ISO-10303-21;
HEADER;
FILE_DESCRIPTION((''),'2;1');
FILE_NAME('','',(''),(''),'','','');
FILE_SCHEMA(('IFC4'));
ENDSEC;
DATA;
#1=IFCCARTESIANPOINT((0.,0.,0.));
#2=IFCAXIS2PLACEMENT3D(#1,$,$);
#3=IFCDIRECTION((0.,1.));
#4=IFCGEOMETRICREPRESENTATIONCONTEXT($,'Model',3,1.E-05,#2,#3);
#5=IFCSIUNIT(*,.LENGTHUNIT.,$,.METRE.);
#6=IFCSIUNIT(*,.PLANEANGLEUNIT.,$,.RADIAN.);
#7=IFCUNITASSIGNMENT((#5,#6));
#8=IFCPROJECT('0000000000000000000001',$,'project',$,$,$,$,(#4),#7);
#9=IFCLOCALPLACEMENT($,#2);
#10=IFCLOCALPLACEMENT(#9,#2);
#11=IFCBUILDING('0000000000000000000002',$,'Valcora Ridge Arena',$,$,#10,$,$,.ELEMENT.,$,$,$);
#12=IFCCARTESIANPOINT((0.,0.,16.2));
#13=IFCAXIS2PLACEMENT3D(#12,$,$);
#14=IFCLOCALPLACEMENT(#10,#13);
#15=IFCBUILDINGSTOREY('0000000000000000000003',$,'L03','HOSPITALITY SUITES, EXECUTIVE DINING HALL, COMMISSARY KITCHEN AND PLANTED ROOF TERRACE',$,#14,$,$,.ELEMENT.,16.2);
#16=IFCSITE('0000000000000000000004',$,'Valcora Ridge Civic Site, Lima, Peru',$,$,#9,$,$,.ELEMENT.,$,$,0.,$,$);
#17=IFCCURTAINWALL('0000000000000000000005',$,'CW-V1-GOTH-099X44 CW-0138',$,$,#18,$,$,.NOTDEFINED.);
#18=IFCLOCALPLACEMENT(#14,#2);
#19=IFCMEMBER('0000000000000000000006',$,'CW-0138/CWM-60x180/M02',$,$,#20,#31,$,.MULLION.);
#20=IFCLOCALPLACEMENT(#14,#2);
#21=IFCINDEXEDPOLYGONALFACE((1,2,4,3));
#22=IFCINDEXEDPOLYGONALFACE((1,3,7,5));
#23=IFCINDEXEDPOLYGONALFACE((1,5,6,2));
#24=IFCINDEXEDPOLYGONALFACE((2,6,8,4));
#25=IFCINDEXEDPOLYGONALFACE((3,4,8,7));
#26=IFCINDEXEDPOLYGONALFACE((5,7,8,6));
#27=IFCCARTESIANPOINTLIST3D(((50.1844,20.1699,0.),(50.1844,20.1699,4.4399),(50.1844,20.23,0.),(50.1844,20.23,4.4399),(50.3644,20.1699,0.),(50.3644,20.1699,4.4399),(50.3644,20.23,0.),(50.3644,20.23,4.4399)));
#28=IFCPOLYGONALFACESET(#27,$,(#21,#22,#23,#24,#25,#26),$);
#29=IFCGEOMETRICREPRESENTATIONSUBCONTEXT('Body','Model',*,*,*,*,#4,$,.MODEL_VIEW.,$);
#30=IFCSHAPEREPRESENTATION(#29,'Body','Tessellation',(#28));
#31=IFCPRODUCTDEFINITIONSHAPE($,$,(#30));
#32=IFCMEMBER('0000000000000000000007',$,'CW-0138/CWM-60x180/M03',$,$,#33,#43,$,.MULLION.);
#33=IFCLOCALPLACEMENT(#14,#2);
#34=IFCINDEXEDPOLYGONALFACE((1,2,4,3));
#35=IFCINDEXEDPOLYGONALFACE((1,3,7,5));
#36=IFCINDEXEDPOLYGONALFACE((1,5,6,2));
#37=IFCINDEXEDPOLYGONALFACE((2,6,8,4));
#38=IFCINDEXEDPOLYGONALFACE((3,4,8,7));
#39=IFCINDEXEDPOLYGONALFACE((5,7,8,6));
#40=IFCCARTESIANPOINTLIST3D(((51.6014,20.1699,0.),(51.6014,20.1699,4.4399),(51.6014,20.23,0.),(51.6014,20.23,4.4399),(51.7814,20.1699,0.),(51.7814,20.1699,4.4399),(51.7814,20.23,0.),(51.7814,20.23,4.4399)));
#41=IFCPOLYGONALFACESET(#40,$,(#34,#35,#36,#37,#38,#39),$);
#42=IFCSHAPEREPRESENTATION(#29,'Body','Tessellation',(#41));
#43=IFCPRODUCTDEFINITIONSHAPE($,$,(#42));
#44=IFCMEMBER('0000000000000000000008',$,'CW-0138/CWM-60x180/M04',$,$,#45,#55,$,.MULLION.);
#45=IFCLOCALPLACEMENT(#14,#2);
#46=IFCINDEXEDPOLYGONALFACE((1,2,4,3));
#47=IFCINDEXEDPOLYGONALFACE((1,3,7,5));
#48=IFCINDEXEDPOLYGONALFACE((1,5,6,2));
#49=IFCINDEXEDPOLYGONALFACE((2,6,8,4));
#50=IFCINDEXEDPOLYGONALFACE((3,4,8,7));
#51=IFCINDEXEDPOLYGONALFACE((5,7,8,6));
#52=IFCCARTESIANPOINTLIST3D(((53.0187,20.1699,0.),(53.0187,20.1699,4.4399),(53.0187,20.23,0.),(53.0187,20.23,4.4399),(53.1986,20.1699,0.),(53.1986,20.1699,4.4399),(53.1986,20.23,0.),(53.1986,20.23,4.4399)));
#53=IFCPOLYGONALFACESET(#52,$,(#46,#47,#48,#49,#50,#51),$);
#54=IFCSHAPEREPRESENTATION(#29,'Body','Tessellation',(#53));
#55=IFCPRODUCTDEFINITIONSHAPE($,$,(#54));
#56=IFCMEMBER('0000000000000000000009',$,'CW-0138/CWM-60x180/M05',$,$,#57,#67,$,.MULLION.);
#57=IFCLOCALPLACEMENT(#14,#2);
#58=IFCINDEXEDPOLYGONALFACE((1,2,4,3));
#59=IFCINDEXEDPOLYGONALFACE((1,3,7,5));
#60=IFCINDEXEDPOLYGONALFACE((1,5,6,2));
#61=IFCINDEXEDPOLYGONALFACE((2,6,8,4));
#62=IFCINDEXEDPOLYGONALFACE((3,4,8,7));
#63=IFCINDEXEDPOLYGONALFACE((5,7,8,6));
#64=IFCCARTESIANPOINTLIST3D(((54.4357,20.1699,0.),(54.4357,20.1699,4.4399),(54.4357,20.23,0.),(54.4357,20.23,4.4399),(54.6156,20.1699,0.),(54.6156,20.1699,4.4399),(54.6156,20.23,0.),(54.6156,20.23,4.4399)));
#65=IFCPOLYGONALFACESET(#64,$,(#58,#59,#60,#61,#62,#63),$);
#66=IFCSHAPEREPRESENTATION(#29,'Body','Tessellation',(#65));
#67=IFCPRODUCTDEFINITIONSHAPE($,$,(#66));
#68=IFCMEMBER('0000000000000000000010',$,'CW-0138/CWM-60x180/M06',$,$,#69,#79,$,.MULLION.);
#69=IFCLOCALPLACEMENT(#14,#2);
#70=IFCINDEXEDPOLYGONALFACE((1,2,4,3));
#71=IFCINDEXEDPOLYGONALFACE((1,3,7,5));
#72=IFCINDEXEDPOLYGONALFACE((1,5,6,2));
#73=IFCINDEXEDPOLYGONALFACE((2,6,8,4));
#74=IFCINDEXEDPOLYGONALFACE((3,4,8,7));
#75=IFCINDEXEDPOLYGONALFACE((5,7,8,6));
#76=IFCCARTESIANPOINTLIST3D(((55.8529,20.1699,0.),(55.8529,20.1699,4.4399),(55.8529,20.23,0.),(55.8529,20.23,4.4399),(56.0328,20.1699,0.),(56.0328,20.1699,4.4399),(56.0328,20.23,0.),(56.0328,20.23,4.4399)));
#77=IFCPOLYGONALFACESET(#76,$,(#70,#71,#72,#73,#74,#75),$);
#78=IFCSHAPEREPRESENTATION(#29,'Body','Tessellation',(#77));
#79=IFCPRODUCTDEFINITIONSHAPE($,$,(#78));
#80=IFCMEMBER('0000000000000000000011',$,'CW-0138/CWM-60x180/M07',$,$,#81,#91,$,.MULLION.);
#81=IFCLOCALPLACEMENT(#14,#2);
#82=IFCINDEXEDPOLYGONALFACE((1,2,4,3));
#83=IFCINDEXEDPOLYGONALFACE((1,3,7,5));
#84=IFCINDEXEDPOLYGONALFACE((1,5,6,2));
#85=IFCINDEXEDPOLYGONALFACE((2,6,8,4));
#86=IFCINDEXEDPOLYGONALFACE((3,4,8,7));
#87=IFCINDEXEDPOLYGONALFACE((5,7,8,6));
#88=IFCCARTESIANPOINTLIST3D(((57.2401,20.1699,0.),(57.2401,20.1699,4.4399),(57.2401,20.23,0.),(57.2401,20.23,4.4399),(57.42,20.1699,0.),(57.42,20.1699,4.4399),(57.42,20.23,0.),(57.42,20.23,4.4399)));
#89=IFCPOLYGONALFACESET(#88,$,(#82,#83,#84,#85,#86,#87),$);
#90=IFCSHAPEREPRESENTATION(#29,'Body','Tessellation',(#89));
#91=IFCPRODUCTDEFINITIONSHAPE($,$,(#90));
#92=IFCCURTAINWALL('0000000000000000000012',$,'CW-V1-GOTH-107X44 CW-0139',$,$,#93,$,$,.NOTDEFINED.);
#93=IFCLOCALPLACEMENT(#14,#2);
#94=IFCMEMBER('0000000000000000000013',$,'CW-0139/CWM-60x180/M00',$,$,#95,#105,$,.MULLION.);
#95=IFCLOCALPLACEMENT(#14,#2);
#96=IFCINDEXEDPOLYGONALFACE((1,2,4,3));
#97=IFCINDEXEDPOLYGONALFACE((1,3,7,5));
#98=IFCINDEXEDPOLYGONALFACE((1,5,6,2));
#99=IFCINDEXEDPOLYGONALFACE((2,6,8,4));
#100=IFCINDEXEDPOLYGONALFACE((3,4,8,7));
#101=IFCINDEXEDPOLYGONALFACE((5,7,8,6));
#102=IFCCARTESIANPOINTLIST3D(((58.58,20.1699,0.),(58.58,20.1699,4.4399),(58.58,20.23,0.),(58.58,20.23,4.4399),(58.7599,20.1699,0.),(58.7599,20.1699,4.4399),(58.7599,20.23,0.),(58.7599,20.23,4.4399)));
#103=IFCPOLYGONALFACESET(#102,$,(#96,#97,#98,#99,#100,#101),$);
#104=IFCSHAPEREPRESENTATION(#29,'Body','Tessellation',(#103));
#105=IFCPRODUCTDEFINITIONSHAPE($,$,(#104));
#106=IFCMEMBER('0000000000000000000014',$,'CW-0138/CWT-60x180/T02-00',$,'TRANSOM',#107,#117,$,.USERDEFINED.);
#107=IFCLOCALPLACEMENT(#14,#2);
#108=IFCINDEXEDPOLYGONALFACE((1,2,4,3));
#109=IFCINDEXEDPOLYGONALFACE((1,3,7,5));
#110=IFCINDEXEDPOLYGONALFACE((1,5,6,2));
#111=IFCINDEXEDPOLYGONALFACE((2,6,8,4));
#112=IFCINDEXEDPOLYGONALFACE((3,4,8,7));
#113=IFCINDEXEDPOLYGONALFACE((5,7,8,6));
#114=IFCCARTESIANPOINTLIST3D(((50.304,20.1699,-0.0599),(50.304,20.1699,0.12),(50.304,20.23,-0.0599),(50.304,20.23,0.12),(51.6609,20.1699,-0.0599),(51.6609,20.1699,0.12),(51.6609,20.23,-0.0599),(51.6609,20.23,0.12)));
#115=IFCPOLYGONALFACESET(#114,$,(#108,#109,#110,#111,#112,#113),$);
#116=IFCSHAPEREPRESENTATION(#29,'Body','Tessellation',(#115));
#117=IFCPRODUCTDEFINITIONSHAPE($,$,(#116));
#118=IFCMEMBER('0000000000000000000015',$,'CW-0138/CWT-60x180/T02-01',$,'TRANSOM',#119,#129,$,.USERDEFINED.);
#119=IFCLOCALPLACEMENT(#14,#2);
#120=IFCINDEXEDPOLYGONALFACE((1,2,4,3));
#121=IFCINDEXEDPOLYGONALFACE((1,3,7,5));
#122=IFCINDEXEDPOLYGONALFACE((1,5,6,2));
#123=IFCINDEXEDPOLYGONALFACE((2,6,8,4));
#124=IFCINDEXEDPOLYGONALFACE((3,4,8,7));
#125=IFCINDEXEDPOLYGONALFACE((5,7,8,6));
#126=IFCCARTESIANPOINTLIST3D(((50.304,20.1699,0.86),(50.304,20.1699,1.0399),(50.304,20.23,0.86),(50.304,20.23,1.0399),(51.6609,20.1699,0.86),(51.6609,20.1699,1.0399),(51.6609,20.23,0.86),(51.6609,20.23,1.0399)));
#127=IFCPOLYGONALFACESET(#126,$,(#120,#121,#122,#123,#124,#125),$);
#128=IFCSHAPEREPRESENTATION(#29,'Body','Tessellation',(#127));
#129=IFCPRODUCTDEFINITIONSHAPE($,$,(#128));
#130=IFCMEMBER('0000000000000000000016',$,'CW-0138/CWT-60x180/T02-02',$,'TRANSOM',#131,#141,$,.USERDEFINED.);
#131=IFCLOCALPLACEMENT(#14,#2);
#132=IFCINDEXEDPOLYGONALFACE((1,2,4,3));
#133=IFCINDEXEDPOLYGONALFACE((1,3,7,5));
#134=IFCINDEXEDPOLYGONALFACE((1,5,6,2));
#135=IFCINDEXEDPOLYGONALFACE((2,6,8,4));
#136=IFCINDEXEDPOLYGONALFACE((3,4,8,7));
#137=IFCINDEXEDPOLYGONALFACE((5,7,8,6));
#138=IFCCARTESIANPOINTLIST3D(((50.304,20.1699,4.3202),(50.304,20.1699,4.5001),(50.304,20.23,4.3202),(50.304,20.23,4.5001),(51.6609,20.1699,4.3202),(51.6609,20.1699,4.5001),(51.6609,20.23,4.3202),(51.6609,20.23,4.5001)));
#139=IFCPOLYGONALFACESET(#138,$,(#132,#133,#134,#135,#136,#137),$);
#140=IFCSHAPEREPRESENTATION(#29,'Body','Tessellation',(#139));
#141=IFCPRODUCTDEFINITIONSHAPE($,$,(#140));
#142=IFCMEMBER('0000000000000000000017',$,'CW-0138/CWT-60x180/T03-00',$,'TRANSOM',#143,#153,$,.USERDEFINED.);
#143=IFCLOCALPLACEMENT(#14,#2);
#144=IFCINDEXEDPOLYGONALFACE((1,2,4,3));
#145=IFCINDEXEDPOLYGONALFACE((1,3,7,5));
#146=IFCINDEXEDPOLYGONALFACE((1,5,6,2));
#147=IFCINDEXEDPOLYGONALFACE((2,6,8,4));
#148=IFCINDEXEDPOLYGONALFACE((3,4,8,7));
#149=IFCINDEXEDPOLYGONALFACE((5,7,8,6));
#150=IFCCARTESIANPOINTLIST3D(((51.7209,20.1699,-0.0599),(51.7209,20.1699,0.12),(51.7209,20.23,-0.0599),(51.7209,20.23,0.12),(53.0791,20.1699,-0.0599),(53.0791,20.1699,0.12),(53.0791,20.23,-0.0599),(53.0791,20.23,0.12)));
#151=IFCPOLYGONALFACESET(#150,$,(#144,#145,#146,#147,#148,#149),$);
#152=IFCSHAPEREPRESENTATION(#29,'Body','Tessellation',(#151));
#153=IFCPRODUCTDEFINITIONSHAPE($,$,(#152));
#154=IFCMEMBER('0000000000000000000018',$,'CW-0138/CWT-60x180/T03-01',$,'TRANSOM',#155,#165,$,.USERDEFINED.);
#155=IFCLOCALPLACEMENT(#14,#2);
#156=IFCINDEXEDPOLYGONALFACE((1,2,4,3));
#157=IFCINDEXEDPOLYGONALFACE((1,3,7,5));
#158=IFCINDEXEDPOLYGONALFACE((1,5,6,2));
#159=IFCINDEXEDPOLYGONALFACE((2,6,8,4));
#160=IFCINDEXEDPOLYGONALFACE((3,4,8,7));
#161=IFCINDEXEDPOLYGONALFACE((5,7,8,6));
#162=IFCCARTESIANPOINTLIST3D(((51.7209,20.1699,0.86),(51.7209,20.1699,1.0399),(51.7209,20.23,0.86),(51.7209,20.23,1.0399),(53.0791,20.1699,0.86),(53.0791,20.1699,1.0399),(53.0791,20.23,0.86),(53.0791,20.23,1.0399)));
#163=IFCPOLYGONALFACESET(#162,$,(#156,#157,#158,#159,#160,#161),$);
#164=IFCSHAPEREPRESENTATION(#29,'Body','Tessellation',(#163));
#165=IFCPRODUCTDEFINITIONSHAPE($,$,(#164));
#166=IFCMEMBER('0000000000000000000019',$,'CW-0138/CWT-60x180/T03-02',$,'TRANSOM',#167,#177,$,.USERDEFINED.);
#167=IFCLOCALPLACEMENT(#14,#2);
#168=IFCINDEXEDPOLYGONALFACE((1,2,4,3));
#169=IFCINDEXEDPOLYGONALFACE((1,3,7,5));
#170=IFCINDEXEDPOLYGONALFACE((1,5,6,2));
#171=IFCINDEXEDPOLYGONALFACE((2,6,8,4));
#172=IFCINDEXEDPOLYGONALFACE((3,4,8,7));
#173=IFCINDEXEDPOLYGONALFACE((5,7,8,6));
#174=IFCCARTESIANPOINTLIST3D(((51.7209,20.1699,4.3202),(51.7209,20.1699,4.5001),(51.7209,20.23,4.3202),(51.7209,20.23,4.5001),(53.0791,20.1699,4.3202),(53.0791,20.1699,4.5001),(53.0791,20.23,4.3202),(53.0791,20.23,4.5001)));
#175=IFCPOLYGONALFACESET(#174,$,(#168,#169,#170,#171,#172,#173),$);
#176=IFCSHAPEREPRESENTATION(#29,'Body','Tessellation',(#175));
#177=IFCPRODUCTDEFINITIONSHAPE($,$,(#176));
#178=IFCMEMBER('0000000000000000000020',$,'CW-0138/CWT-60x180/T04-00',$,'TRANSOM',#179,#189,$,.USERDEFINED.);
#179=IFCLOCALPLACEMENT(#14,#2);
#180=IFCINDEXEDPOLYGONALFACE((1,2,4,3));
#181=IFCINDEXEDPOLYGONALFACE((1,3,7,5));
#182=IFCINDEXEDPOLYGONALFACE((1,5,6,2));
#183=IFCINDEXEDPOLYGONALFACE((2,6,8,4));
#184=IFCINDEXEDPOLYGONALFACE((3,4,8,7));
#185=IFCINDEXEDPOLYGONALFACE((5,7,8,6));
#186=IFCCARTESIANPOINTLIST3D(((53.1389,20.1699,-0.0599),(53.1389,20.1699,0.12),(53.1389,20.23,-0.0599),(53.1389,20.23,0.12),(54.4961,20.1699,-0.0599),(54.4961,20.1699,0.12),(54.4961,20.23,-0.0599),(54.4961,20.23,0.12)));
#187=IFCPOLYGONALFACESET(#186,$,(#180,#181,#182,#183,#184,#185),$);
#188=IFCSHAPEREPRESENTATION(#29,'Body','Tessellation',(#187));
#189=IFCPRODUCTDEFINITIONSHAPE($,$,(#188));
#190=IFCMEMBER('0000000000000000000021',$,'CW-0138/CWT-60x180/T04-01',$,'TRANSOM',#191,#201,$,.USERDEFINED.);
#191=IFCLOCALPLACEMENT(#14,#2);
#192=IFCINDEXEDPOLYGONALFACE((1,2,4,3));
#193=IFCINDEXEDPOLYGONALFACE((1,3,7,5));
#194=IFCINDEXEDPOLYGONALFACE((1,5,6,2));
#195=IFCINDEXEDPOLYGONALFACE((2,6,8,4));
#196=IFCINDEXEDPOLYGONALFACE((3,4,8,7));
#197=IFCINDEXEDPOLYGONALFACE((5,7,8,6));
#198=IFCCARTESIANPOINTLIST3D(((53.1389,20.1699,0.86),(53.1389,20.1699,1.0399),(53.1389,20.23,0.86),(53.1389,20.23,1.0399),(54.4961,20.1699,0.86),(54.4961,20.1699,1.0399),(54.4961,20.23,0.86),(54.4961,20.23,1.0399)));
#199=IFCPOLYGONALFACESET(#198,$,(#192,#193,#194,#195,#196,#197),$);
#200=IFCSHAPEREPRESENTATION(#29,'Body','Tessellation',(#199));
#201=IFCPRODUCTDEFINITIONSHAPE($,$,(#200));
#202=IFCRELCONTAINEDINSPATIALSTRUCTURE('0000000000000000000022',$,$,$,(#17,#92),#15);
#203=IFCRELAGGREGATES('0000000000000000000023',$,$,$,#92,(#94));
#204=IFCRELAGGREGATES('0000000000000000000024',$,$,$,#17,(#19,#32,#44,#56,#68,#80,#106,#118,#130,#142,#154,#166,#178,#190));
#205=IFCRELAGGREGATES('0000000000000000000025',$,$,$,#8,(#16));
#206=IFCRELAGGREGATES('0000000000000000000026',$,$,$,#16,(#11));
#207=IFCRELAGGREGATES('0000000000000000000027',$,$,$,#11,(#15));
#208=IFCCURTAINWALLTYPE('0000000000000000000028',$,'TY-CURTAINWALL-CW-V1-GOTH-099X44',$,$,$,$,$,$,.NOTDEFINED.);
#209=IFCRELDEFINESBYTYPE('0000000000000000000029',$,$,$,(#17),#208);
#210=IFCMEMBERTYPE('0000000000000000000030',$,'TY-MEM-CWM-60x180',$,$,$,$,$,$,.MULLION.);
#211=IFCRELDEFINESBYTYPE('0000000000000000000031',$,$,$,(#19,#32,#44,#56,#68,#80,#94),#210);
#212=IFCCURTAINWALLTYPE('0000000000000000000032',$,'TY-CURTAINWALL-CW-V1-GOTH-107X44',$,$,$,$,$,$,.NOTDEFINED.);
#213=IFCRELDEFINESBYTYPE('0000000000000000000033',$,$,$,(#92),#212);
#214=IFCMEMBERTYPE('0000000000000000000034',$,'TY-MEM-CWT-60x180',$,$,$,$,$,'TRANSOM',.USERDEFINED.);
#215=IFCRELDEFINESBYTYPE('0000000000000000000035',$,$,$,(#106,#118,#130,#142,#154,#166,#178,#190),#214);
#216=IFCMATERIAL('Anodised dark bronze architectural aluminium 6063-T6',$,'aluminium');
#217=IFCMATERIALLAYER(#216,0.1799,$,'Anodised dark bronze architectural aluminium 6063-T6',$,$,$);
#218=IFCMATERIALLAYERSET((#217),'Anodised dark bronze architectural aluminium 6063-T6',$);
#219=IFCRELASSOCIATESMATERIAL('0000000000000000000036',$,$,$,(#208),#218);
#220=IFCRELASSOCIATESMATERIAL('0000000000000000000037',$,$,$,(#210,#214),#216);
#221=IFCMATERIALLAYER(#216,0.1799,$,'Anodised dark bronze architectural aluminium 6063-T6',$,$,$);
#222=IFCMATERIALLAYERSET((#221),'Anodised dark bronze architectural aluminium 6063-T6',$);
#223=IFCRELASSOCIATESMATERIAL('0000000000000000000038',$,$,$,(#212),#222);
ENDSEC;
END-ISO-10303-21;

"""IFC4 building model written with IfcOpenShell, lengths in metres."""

from ifc_helpers import new_model, si_unit, direction, frame, origin, origin_2d, place, context, subcontext, project, spatial, rectangle, extrude, material, layer, layer_set, material_profile, profile_set, type_object, element, aggregate, save


model = new_model("IFC4")

# Units and contexts
model_context = context("Model", 3, precision=1e-05, world=origin(), true_north=direction((0.0, 1.0)))
body_context = subcontext(model_context, "Body", "Model", "MODEL_VIEW")
ifc_project = project(units=[si_unit("LENGTHUNIT", "METRE"), si_unit("PLANEANGLEUNIT", "RADIAN")], contexts=[model_context])

# Site, building, storey
site_placement = place(None, origin())
site = spatial("IfcSite", under=ifc_project, at=site_placement, Name="Valcora Ridge Civic Site, Lima, Peru", CompositionType="ELEMENT", RefElevation=0.0)
building_placement = place(site_placement, origin())
building = spatial("IfcBuilding", under=site, at=building_placement, Name="Valcora Ridge Arena", CompositionType="ELEMENT")
storey_placement = place(building_placement, frame((0.0, 0.0, 16.2)))
storey = spatial("IfcBuildingStorey", under=building, at=storey_placement, Name="L03", Description="HOSPITALITY SUITES, EXECUTIVE DINING HALL, COMMISSARY KITCHEN AND PLANTED ROOF TERRACE", CompositionType="ELEMENT", Elevation=16.2)

# Curtain wall, members
ifc_material_1 = material(Name="Anodised dark bronze architectural aluminium 6063-T6", Category="aluminium")
ifc_layer_1 = layer(ifc_material_1, 0.1799, Name="Anodised dark bronze architectural aluminium 6063-T6")
ifc_layer_set_1 = layer_set([ifc_layer_1], Name="Anodised dark bronze architectural aluminium 6063-T6")
curtain_wall_type_1 = type_object("IfcCurtainWallType", Name="TY-CURTAINWALL-CW-V1-GOTH-099X44", PredefinedType="NOTDEFINED", material=ifc_layer_set_1)
curtain_wall_1_placement = place(storey_placement, origin())
curtain_wall_1 = element("IfcCurtainWall", 1, at=curtain_wall_1_placement, inside=storey, type_object=curtain_wall_type_1, Name="CW-V1-GOTH-099X44 CW-0138", PredefinedType="NOTDEFINED")
ifc_material_profile_1 = material_profile(ifc_material_1, rectangle(XDim=0.0601, YDim=0.1799, at=origin_2d()), Name="ALU MULLION 60x180")
ifc_profile_set_1 = profile_set([ifc_material_profile_1], Name="Anodised dark bronze architectural aluminium 6063-T6")
member_type_1 = type_object("IfcMemberType", Name="TY-MEM-CWM-60x180", PredefinedType="MULLION", material=ifc_profile_set_1)
member_1_placement = place(storey_placement, frame((50.2744, 20.2, 0.0), z_axis=(0.0, 0.0, 1.0), x_axis=(0.0, 1.0, 0.0)))
member_1 = element("IfcMember", 2, at=member_1_placement, type_object=member_type_1, Name="CW-0138/CWM-60x180/M02", PredefinedType="MULLION", context=body_context, shape_type="SweptSolid", body=[
    extrude(rectangle(XDim=0.0601, YDim=0.1799, at=origin_2d()), origin(), (0.0, 0.0, 1.0), 4.4399),
])
member_2_placement = place(storey_placement, frame((51.6914, 20.2, 0.0), z_axis=(0.0, 0.0, 1.0), x_axis=(0.0, 1.0, 0.0)))
member_2 = element("IfcMember", 3, at=member_2_placement, type_object=member_type_1, Name="CW-0138/CWM-60x180/M03", PredefinedType="MULLION", context=body_context, shape_type="SweptSolid", body=[
    extrude(rectangle(XDim=0.0601, YDim=0.1799, at=origin_2d()), origin(), (0.0, 0.0, 1.0), 4.4399),
])
member_3_placement = place(storey_placement, frame((53.1086, 20.2, 0.0), z_axis=(0.0, 0.0, 1.0), x_axis=(0.0, 1.0, 0.0)))
member_3 = element("IfcMember", 4, at=member_3_placement, type_object=member_type_1, Name="CW-0138/CWM-60x180/M04", PredefinedType="MULLION", context=body_context, shape_type="SweptSolid", body=[
    extrude(rectangle(XDim=0.0601, YDim=0.1799, at=origin_2d()), origin(), (0.0, 0.0, 1.0), 4.4399),
])
member_4_placement = place(storey_placement, frame((54.5256, 20.2, 0.0), z_axis=(0.0, 0.0, 1.0), x_axis=(0.0, 1.0, 0.0)))
member_4 = element("IfcMember", 5, at=member_4_placement, type_object=member_type_1, Name="CW-0138/CWM-60x180/M05", PredefinedType="MULLION", context=body_context, shape_type="SweptSolid", body=[
    extrude(rectangle(XDim=0.0601, YDim=0.1799, at=origin_2d()), origin(), (0.0, 0.0, 1.0), 4.4399),
])
member_5_placement = place(storey_placement, frame((55.9429, 20.2, 0.0), z_axis=(0.0, 0.0, 1.0), x_axis=(0.0, 1.0, 0.0)))
member_5 = element("IfcMember", 6, at=member_5_placement, type_object=member_type_1, Name="CW-0138/CWM-60x180/M06", PredefinedType="MULLION", context=body_context, shape_type="SweptSolid", body=[
    extrude(rectangle(XDim=0.0601, YDim=0.1799, at=origin_2d()), origin(), (0.0, 0.0, 1.0), 4.4399),
])
member_6_placement = place(storey_placement, frame((57.3301, 20.2, 0.0), z_axis=(0.0, 0.0, 1.0), x_axis=(0.0, 1.0, 0.0)))
member_6 = element("IfcMember", 7, at=member_6_placement, type_object=member_type_1, Name="CW-0138/CWM-60x180/M07", PredefinedType="MULLION", context=body_context, shape_type="SweptSolid", body=[
    extrude(rectangle(XDim=0.0601, YDim=0.1799, at=origin_2d()), origin(), (0.0, 0.0, 1.0), 4.4399),
])

# Curtain wall, member
ifc_layer_2 = layer(ifc_material_1, 0.1799, Name="Anodised dark bronze architectural aluminium 6063-T6")
ifc_layer_set_2 = layer_set([ifc_layer_2], Name="Anodised dark bronze architectural aluminium 6063-T6")
curtain_wall_type_2 = type_object("IfcCurtainWallType", Name="TY-CURTAINWALL-CW-V1-GOTH-107X44", PredefinedType="NOTDEFINED", material=ifc_layer_set_2)
curtain_wall_2_placement = place(storey_placement, origin())
curtain_wall_2 = element("IfcCurtainWall", 8, at=curtain_wall_2_placement, inside=storey, type_object=curtain_wall_type_2, Name="CW-V1-GOTH-107X44 CW-0139", PredefinedType="NOTDEFINED")
member_7_placement = place(storey_placement, frame((58.6699, 20.2, 0.0), z_axis=(0.0, 0.0, 1.0), x_axis=(0.0, 1.0, 0.0)))
member_7 = element("IfcMember", 9, at=member_7_placement, type_object=member_type_1, Name="CW-0139/CWM-60x180/M00", PredefinedType="MULLION", context=body_context, shape_type="SweptSolid", body=[
    extrude(rectangle(XDim=0.0601, YDim=0.1799, at=origin_2d()), origin(), (0.0, 0.0, 1.0), 4.4399),
])

# Members
ifc_material_profile_2 = material_profile(ifc_material_1, rectangle(XDim=0.0601, YDim=0.1799, at=origin_2d()), Name="ALU TRANSOM 60x180")
ifc_profile_set_2 = profile_set([ifc_material_profile_2], Name="Anodised dark bronze architectural aluminium 6063-T6")
member_type_2 = type_object("IfcMemberType", Name="TY-MEM-CWT-60x180", ElementType="TRANSOM", PredefinedType="USERDEFINED", material=ifc_profile_set_2)
member_8_placement = place(storey_placement, frame((50.304, 20.2, 0.03), z_axis=(1.0, 0.0, 0.0), x_axis=(0.0, 1.0, 0.0)))
member_8 = element("IfcMember", 10, at=member_8_placement, type_object=member_type_2, Name="CW-0138/CWT-60x180/T02-00", ObjectType="TRANSOM", PredefinedType="USERDEFINED", context=body_context, shape_type="SweptSolid", body=[
    extrude(rectangle(XDim=0.0601, YDim=0.1799, at=origin_2d()), origin(), (0.0, 0.0, 1.0), 1.3569),
])
member_9_placement = place(storey_placement, frame((50.304, 20.2, 0.95), z_axis=(1.0, 0.0, 0.0), x_axis=(0.0, 1.0, 0.0)))
member_9 = element("IfcMember", 11, at=member_9_placement, type_object=member_type_2, Name="CW-0138/CWT-60x180/T02-01", ObjectType="TRANSOM", PredefinedType="USERDEFINED", context=body_context, shape_type="SweptSolid", body=[
    extrude(rectangle(XDim=0.0601, YDim=0.1799, at=origin_2d()), origin(), (0.0, 0.0, 1.0), 1.3569),
])
member_10_placement = place(storey_placement, frame((50.304, 20.2, 4.4102), z_axis=(1.0, 0.0, 0.0), x_axis=(0.0, 1.0, 0.0)))
member_10 = element("IfcMember", 12, at=member_10_placement, type_object=member_type_2, Name="CW-0138/CWT-60x180/T02-02", ObjectType="TRANSOM", PredefinedType="USERDEFINED", context=body_context, shape_type="SweptSolid", body=[
    extrude(rectangle(XDim=0.0601, YDim=0.1799, at=origin_2d()), origin(), (0.0, 0.0, 1.0), 1.3569),
])
member_11_placement = place(storey_placement, frame((51.7209, 20.2, 0.03), z_axis=(1.0, 0.0, 0.0), x_axis=(0.0, 1.0, 0.0)))
member_11 = element("IfcMember", 13, at=member_11_placement, type_object=member_type_2, Name="CW-0138/CWT-60x180/T03-00", ObjectType="TRANSOM", PredefinedType="USERDEFINED", context=body_context, shape_type="SweptSolid", body=[
    extrude(rectangle(XDim=0.0601, YDim=0.1799, at=origin_2d()), origin(), (0.0, 0.0, 1.0), 1.3582),
])
member_12_placement = place(storey_placement, frame((51.7209, 20.2, 0.95), z_axis=(1.0, 0.0, 0.0), x_axis=(0.0, 1.0, 0.0)))
member_12 = element("IfcMember", 14, at=member_12_placement, type_object=member_type_2, Name="CW-0138/CWT-60x180/T03-01", ObjectType="TRANSOM", PredefinedType="USERDEFINED", context=body_context, shape_type="SweptSolid", body=[
    extrude(rectangle(XDim=0.0601, YDim=0.1799, at=origin_2d()), origin(), (0.0, 0.0, 1.0), 1.3582),
])
member_13_placement = place(storey_placement, frame((51.7209, 20.2, 4.4102), z_axis=(1.0, 0.0, 0.0), x_axis=(0.0, 1.0, 0.0)))
member_13 = element("IfcMember", 15, at=member_13_placement, type_object=member_type_2, Name="CW-0138/CWT-60x180/T03-02", ObjectType="TRANSOM", PredefinedType="USERDEFINED", context=body_context, shape_type="SweptSolid", body=[
    extrude(rectangle(XDim=0.0601, YDim=0.1799, at=origin_2d()), origin(), (0.0, 0.0, 1.0), 1.3582),
])
member_14_placement = place(storey_placement, frame((53.1389, 20.2, 0.03), z_axis=(1.0, 0.0, 0.0), x_axis=(0.0, 1.0, 0.0)))
member_14 = element("IfcMember", 16, at=member_14_placement, type_object=member_type_2, Name="CW-0138/CWT-60x180/T04-00", ObjectType="TRANSOM", PredefinedType="USERDEFINED", context=body_context, shape_type="SweptSolid", body=[
    extrude(rectangle(XDim=0.0601, YDim=0.1799, at=origin_2d()), origin(), (0.0, 0.0, 1.0), 1.3572),
])
member_15_placement = place(storey_placement, frame((53.1389, 20.2, 0.95), z_axis=(1.0, 0.0, 0.0), x_axis=(0.0, 1.0, 0.0)))
member_15 = element("IfcMember", 17, at=member_15_placement, type_object=member_type_2, Name="CW-0138/CWT-60x180/T04-01", ObjectType="TRANSOM", PredefinedType="USERDEFINED", context=body_context, shape_type="SweptSolid", body=[
    extrude(rectangle(XDim=0.0601, YDim=0.1799, at=origin_2d()), origin(), (0.0, 0.0, 1.0), 1.3572),
])
aggregate(curtain_wall_2, [member_7])

aggregate(curtain_wall_1, [member_1, member_2, member_3, member_4, member_5, member_6, member_8, member_9, member_10, member_11, member_12, member_13, member_14, member_15])

save(model, "model.ifc")
